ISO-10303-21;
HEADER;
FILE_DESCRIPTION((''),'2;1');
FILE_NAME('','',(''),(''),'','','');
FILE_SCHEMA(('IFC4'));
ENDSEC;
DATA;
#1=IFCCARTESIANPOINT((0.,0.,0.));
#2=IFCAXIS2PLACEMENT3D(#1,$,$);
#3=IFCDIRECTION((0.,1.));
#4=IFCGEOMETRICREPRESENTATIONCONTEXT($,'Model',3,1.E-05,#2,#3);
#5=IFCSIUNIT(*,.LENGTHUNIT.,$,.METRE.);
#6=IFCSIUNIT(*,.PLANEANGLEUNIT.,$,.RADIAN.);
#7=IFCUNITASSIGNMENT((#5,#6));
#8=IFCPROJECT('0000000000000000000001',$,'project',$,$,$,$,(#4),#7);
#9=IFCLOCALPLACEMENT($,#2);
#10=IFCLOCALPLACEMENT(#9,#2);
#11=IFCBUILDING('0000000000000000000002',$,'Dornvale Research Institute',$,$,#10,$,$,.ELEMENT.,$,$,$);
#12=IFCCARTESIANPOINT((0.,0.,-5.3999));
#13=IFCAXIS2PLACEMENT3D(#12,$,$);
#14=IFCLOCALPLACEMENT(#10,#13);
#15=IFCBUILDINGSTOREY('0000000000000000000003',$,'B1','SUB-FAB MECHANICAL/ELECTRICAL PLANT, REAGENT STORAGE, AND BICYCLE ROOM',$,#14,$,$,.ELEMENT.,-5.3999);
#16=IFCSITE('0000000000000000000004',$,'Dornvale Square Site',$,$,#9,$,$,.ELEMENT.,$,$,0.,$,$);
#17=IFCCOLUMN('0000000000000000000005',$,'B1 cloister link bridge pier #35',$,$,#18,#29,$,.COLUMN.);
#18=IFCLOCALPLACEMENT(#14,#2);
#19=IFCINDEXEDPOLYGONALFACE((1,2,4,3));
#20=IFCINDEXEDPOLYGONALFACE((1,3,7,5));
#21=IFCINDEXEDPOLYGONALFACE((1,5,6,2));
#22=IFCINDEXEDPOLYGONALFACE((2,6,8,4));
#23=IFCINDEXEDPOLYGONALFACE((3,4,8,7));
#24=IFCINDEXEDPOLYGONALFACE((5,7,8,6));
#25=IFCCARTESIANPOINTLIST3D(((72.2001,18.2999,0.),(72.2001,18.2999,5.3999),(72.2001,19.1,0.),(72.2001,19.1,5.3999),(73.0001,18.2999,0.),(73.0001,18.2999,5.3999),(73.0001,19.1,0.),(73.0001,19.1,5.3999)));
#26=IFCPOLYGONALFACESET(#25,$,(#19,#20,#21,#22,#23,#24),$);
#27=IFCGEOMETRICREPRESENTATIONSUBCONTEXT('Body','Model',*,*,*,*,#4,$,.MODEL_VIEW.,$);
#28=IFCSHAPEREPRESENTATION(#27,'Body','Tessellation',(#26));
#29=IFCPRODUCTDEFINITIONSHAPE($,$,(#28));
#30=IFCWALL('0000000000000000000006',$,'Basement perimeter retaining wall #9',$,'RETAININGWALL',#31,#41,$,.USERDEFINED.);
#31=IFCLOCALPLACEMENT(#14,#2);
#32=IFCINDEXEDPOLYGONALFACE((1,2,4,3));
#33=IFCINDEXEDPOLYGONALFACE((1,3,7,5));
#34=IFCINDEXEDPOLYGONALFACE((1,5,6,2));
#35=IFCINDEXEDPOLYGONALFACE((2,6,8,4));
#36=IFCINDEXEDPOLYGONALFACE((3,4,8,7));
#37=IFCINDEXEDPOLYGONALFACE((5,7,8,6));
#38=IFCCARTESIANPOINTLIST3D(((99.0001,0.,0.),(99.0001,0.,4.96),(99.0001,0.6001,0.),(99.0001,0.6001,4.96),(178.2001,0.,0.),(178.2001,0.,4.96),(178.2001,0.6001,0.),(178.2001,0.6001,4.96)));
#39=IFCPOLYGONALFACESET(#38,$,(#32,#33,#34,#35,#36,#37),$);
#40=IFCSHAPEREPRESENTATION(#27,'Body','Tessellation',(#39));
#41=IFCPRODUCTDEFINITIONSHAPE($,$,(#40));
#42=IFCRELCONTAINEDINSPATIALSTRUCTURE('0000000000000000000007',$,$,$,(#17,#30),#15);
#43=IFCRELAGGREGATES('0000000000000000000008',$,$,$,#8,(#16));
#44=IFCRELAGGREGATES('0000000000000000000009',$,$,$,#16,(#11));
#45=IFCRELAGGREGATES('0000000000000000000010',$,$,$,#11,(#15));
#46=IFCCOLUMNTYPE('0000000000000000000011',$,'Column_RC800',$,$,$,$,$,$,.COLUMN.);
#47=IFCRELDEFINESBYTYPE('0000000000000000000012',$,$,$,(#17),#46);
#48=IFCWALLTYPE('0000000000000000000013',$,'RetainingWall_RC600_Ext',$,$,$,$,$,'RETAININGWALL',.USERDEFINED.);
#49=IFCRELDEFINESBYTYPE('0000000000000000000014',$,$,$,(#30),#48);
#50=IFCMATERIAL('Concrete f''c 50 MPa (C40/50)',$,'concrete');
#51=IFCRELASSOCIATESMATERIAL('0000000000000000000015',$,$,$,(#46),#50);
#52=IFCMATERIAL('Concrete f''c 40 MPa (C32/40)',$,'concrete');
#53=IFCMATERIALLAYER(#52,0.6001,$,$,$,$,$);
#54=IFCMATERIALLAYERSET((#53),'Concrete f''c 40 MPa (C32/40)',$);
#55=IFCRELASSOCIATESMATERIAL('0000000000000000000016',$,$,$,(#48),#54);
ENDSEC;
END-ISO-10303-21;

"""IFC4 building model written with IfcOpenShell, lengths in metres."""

from ifc_helpers import new_model, si_unit, direction, frame, frame_2d, origin, origin_2d, place, context, subcontext, project, spatial, rectangle, extrude, material, layer, layer_set, material_profile, profile_set, type_object, element, save


model = new_model("IFC4")

# Units and contexts
model_context = context("Model", 3, precision=1e-05, world=origin(), true_north=direction((0.0, 1.0)))
body_context = subcontext(model_context, "Body", "Model", "MODEL_VIEW")
ifc_project = project(units=[si_unit("LENGTHUNIT", "METRE"), si_unit("PLANEANGLEUNIT", "RADIAN")], contexts=[model_context])

# Site, building, storey
site_placement = place(None, origin())
site = spatial("IfcSite", under=ifc_project, at=site_placement, Name="Dornvale Square Site", CompositionType="ELEMENT", RefElevation=0.0)
building_placement = place(site_placement, origin())
building = spatial("IfcBuilding", under=site, at=building_placement, Name="Dornvale Research Institute", CompositionType="ELEMENT")
storey_placement = place(building_placement, frame((0.0, 0.0, -5.3999)))
storey = spatial("IfcBuildingStorey", under=building, at=storey_placement, Name="B1", Description="SUB-FAB MECHANICAL/ELECTRICAL PLANT, REAGENT STORAGE, AND BICYCLE ROOM", CompositionType="ELEMENT", Elevation=-5.3999)

# Column
ifc_material_1 = material(Name="Concrete f'c 50 MPa (C40/50)", Category="concrete")
ifc_material_profile_1 = material_profile(ifc_material_1, rectangle(XDim=0.8, YDim=0.8, at=origin_2d()), Name="RC 800x800")
ifc_profile_set_1 = profile_set([ifc_material_profile_1], Name="Concrete f'c 50 MPa (C40/50)")
column_type = type_object("IfcColumnType", Name="Column_RC800", PredefinedType="COLUMN", material=ifc_profile_set_1)
column_placement = place(storey_placement, frame((72.6001, 18.7, 0.0), z_axis=(0.0, 0.0, 1.0), x_axis=(1.0, 0.0, 0.0)))
element("IfcColumn", 1, at=column_placement, inside=storey, type_object=column_type, Name="B1 cloister link bridge pier #35", PredefinedType="COLUMN", context=body_context, shape_type="SweptSolid", body=[
    extrude(rectangle(XDim=0.8, YDim=0.8, at=origin_2d()), origin(), (0.0, 0.0, 1.0), 5.3999),
])

# Wall
ifc_material_2 = material(Name="Concrete f'c 40 MPa (C32/40)", Category="concrete")
ifc_layer = layer(ifc_material_2, 0.6001)
ifc_layer_set = layer_set([ifc_layer], Name="Concrete f'c 40 MPa (C32/40)")
wall_type = type_object("IfcWallType", Name="RetainingWall_RC600_Ext", ElementType="RETAININGWALL", PredefinedType="USERDEFINED", material=ifc_layer_set)
wall_placement = place(storey_placement, frame((99.0, 0.3, 0.0), z_axis=(0.0, 0.0, 1.0), x_axis=(1.0, 0.0, 0.0)))
element("IfcWall", 2, at=wall_placement, inside=storey, type_object=wall_type, Name="Basement perimeter retaining wall #9", ObjectType="RETAININGWALL", PredefinedType="USERDEFINED", context=body_context, shape_type="SweptSolid", body=[
    extrude(rectangle(XDim=79.2, YDim=0.6001, at=frame_2d((39.6001, 0.0))), origin(), (0.0, 0.0, 1.0), 4.96),
])

save(model, "model.ifc")
